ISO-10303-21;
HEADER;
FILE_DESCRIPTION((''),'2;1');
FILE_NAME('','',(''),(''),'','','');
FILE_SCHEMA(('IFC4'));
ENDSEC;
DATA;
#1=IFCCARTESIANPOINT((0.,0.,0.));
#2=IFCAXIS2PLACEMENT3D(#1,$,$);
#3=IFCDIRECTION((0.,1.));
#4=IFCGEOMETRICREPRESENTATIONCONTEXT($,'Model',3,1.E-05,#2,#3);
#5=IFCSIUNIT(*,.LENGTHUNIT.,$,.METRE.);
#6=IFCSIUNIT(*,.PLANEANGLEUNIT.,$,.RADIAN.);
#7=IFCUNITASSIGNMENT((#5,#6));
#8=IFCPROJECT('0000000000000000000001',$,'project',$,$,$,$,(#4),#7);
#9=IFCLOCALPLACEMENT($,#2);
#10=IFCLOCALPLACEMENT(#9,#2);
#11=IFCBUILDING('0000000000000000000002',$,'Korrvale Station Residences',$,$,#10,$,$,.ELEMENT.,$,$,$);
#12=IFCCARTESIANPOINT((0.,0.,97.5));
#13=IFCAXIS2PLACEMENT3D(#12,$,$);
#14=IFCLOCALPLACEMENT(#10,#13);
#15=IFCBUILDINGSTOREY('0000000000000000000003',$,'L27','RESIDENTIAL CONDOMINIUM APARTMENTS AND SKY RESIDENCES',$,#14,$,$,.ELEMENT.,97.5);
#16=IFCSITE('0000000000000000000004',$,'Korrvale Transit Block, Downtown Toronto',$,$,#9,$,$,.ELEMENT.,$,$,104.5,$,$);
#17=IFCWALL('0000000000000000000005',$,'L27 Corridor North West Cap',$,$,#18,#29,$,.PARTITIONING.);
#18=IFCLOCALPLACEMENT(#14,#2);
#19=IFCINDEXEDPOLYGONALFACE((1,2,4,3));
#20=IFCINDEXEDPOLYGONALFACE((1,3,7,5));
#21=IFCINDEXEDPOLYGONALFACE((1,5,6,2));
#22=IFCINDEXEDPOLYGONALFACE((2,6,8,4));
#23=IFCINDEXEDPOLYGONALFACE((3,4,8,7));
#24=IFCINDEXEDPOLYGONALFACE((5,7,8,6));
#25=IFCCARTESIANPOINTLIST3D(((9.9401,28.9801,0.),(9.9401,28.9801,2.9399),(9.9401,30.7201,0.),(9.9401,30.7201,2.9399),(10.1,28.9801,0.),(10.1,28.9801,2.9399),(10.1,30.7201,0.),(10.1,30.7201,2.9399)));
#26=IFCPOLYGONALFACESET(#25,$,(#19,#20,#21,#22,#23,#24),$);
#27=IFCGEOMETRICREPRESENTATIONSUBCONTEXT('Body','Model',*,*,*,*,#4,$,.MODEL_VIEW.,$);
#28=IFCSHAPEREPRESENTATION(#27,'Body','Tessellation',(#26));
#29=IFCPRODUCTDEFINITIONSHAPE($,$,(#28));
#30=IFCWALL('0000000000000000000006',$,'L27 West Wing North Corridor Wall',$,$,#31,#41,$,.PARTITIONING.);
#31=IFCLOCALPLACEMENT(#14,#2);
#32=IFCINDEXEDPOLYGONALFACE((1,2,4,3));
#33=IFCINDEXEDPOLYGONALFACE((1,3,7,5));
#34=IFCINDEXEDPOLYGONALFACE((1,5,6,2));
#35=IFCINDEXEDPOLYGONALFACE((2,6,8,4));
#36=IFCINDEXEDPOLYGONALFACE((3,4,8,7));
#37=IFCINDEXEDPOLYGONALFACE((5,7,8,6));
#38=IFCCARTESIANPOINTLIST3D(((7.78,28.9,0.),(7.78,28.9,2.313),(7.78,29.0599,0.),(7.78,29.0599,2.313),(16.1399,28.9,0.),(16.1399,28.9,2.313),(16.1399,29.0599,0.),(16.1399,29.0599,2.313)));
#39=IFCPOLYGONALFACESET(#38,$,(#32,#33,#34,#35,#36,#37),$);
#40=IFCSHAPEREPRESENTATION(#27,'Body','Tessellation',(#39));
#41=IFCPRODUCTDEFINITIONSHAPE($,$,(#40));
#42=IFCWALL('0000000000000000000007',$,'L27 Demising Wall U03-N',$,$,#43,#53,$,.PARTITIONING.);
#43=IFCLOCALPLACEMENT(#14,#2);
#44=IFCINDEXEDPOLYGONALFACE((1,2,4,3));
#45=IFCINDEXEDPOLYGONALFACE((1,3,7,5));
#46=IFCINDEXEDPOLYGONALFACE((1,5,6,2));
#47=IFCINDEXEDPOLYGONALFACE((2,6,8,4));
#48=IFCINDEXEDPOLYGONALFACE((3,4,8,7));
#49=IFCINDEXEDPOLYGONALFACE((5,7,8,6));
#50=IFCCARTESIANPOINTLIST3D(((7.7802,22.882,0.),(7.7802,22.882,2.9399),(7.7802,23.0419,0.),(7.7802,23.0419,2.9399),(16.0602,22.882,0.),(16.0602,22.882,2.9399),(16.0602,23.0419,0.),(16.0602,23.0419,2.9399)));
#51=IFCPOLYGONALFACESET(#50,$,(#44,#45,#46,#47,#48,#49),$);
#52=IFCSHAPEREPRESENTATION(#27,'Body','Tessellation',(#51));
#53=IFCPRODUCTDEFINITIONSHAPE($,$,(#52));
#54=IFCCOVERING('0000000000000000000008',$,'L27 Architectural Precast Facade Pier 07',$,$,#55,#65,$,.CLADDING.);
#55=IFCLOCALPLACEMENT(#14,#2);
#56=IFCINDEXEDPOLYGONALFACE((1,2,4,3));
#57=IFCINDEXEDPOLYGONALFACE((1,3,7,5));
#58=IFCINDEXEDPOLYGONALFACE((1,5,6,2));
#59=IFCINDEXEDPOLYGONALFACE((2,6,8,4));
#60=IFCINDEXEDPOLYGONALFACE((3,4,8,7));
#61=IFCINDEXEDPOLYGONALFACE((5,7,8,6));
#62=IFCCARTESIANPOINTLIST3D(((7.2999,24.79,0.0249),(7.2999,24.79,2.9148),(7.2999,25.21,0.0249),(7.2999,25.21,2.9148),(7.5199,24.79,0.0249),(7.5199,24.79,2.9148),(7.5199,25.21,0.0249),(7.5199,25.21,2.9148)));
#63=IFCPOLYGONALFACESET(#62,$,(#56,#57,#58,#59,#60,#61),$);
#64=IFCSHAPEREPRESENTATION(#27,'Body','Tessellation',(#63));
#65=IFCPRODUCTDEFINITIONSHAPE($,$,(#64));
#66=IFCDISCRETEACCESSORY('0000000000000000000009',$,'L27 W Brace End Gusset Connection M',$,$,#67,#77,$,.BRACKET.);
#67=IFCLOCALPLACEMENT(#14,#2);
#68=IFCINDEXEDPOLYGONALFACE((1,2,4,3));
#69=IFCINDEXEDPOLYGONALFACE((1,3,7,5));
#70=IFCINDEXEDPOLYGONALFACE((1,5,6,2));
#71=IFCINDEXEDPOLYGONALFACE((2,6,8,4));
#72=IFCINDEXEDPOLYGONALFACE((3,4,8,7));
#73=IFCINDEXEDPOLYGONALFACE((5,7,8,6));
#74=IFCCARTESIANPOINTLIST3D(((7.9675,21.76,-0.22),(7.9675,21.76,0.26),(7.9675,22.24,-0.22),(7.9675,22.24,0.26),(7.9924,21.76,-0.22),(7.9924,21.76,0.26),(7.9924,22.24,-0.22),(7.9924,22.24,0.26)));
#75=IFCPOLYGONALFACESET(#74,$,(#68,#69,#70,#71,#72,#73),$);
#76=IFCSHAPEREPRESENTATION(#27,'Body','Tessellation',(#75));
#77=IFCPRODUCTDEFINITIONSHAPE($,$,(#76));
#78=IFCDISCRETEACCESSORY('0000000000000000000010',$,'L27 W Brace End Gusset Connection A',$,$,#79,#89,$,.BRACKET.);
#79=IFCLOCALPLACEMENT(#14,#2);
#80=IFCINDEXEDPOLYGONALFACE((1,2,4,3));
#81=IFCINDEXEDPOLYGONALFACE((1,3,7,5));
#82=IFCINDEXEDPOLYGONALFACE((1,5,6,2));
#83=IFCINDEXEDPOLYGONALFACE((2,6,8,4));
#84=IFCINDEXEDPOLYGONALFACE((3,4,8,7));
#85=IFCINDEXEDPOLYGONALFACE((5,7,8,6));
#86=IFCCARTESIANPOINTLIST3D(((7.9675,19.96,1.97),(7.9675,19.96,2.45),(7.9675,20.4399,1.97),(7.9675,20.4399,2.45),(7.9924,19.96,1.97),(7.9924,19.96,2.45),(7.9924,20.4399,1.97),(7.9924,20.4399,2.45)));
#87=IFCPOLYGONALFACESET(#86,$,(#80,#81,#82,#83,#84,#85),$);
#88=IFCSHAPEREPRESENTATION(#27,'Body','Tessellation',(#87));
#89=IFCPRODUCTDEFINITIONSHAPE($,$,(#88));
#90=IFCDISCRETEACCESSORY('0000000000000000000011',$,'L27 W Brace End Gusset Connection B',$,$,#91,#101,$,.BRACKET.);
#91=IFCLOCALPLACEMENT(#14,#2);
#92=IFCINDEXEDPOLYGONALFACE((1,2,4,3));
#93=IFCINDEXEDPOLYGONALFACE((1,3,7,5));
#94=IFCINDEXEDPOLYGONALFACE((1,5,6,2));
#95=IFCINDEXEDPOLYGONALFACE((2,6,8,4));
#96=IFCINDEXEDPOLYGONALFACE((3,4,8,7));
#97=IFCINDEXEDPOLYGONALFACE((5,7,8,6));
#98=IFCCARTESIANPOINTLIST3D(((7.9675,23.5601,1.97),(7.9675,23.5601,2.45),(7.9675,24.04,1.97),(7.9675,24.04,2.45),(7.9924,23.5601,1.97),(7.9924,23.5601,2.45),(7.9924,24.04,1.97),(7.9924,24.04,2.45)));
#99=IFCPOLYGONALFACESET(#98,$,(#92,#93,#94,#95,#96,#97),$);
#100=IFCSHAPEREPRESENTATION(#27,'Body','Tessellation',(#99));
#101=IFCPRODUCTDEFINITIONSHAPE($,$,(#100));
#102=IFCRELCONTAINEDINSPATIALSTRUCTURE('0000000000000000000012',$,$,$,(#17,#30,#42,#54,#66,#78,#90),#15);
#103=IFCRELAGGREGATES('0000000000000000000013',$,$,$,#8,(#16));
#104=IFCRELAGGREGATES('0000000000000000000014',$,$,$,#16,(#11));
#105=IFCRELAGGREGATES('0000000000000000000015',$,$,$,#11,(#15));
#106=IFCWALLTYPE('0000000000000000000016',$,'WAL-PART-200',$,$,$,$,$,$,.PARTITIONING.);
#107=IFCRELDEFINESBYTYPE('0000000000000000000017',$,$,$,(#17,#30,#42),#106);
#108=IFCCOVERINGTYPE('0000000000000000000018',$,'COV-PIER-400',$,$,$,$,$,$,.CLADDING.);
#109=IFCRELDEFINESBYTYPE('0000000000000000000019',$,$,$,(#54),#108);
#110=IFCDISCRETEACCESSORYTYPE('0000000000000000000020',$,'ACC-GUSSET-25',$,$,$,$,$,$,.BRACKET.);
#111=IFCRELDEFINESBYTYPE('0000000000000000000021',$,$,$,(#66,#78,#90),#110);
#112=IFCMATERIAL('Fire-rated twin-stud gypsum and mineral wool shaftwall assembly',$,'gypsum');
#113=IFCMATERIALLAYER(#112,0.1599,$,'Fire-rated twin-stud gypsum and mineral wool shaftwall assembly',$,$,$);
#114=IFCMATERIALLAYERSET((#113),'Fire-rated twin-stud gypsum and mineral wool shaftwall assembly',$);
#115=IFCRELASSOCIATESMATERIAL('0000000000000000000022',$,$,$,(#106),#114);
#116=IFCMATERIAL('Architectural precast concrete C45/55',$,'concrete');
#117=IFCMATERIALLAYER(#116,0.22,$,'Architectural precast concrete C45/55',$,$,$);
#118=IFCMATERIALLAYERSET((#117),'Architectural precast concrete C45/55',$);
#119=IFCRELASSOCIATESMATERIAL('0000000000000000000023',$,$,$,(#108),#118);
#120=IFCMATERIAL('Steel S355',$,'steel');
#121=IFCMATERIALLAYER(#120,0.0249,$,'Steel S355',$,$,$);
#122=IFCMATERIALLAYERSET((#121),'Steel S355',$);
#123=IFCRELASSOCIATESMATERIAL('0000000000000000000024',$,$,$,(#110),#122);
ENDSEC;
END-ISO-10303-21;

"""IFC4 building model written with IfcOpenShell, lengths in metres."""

from ifc_helpers import new_model, si_unit, direction, frame, frame_2d, origin, origin_2d, place, context, subcontext, project, spatial, rectangle, extrude, material, layer, layer_set, type_object, element, save


model = new_model("IFC4")

# Units and contexts
model_context = context("Model", 3, precision=1e-05, world=origin(), true_north=direction((0.0, 1.0)))
body_context = subcontext(model_context, "Body", "Model", "MODEL_VIEW")
ifc_project = project(units=[si_unit("LENGTHUNIT", "METRE"), si_unit("PLANEANGLEUNIT", "RADIAN")], contexts=[model_context])

# Site, building, storey
site_placement = place(None, origin())
site = spatial("IfcSite", under=ifc_project, at=site_placement, Name="Korrvale Transit Block, Downtown Toronto", CompositionType="ELEMENT", RefElevation=104.5)
building_placement = place(site_placement, origin())
building = spatial("IfcBuilding", under=site, at=building_placement, Name="Korrvale Station Residences", CompositionType="ELEMENT")
storey_placement = place(building_placement, frame((0.0, 0.0, 97.5)))
storey = spatial("IfcBuildingStorey", under=building, at=storey_placement, Name="L27", Description="RESIDENTIAL CONDOMINIUM APARTMENTS AND SKY RESIDENCES", CompositionType="ELEMENT", Elevation=97.5)

# Shared definitions
ifc_material_1 = material(Name="Steel S355", Category="steel")

# Walls
ifc_material_2 = material(Name="Fire-rated twin-stud gypsum and mineral wool shaftwall assembly", Category="gypsum")
ifc_layer_1 = layer(ifc_material_2, 0.1599, Name="Fire-rated twin-stud gypsum and mineral wool shaftwall assembly")
ifc_layer_set_1 = layer_set([ifc_layer_1], Name="Fire-rated twin-stud gypsum and mineral wool shaftwall assembly")
wall_type_1 = type_object("IfcWallType", Name="WAL-PART-200", PredefinedType="PARTITIONING", material=ifc_layer_set_1)
wall_1_placement = place(storey_placement, frame((10.02, 28.98, 0.0), z_axis=(0.0, 0.0, 1.0), x_axis=(0.0, 1.0, 0.0)))
element("IfcWall", 1, at=wall_1_placement, inside=storey, type_object=wall_type_1, Name="L27 Corridor North West Cap", PredefinedType="PARTITIONING", context=body_context, shape_type="SweptSolid", body=[
    extrude(rectangle(XDim=1.74, YDim=0.1599, at=frame_2d((0.8701, 0.0))), origin(), (0.0, 0.0, 1.0), 2.9399),
])
wall_2_placement = place(storey_placement, frame((7.78, 28.98, 0.0), z_axis=(0.0, 0.0, 1.0), x_axis=(1.0, 0.0, 0.0)))
element("IfcWall", 2, at=wall_2_placement, inside=storey, type_object=wall_type_1, Name="L27 West Wing North Corridor Wall", PredefinedType="PARTITIONING", context=body_context, shape_type="SweptSolid", body=[
    extrude(rectangle(XDim=8.3599, YDim=0.1599, at=frame_2d((4.1799, 0.0))), origin(), (0.0, 0.0, 1.0), 2.313),
])
wall_3_placement = place(storey_placement, frame((7.78, 22.9619, 0.0), z_axis=(0.0, 0.0, 1.0), x_axis=(1.0, 0.0, 0.0)))
element("IfcWall", 3, at=wall_3_placement, inside=storey, type_object=wall_type_1, Name="L27 Demising Wall U03-N", PredefinedType="PARTITIONING", context=body_context, shape_type="SweptSolid", body=[
    extrude(rectangle(XDim=8.28, YDim=0.1599, at=frame_2d((4.1401, 0.0))), origin(), (0.0, 0.0, 1.0), 2.9399),
])

# Covering
ifc_material_3 = material(Name="Architectural precast concrete C45/55", Category="concrete")
ifc_layer_2 = layer(ifc_material_3, 0.22, Name="Architectural precast concrete C45/55")
ifc_layer_set_2 = layer_set([ifc_layer_2], Name="Architectural precast concrete C45/55")
covering_type = type_object("IfcCoveringType", Name="COV-PIER-400", PredefinedType="CLADDING", material=ifc_layer_set_2)
covering_placement = place(storey_placement, frame((7.4099, 25.0, 0.0249), z_axis=(0.0, 0.0, 1.0), x_axis=(0.0, 1.0, 0.0)))
element("IfcCovering", 4, at=covering_placement, inside=storey, type_object=covering_type, Name="L27 Architectural Precast Facade Pier 07", PredefinedType="CLADDING", context=body_context, shape_type="SweptSolid", body=[
    extrude(rectangle(XDim=0.4199, YDim=0.22, at=origin_2d()), origin(), (0.0, 0.0, 1.0), 2.8899),
])

# Discrete accessories
ifc_layer_3 = layer(ifc_material_1, 0.0249, Name="Steel S355")
ifc_layer_set_3 = layer_set([ifc_layer_3], Name="Steel S355")
discrete_accessory_type = type_object("IfcDiscreteAccessoryType", Name="ACC-GUSSET-25", PredefinedType="BRACKET", material=ifc_layer_set_3)
for number, where, z_axis, x_axis, name in (
    (5, (7.98, 22.0, -0.22), (0.0, 0.0, 1.0), (0.0, 1.0, 0.0), "L27 W Brace End Gusset Connection M"),
    (6, (7.98, 20.2, 1.97), (0.0, 0.0, 1.0), (0.0, 1.0, 0.0), "L27 W Brace End Gusset Connection A"),
    (7, (7.98, 23.8, 1.97), (0.0, 0.0, 1.0), (0.0, 1.0, 0.0), "L27 W Brace End Gusset Connection B"),
):
    element("IfcDiscreteAccessory", number, at=place(storey_placement, frame(where, z_axis=z_axis, x_axis=x_axis)), inside=storey, type_object=discrete_accessory_type, Name=name, PredefinedType="BRACKET", context=body_context, shape_type="SweptSolid", body=[
        extrude(rectangle(XDim=0.48, YDim=0.0249, at=origin_2d()), origin(), (0.0, 0.0, 1.0), 0.48),
    ])

save(model, "model.ifc")
